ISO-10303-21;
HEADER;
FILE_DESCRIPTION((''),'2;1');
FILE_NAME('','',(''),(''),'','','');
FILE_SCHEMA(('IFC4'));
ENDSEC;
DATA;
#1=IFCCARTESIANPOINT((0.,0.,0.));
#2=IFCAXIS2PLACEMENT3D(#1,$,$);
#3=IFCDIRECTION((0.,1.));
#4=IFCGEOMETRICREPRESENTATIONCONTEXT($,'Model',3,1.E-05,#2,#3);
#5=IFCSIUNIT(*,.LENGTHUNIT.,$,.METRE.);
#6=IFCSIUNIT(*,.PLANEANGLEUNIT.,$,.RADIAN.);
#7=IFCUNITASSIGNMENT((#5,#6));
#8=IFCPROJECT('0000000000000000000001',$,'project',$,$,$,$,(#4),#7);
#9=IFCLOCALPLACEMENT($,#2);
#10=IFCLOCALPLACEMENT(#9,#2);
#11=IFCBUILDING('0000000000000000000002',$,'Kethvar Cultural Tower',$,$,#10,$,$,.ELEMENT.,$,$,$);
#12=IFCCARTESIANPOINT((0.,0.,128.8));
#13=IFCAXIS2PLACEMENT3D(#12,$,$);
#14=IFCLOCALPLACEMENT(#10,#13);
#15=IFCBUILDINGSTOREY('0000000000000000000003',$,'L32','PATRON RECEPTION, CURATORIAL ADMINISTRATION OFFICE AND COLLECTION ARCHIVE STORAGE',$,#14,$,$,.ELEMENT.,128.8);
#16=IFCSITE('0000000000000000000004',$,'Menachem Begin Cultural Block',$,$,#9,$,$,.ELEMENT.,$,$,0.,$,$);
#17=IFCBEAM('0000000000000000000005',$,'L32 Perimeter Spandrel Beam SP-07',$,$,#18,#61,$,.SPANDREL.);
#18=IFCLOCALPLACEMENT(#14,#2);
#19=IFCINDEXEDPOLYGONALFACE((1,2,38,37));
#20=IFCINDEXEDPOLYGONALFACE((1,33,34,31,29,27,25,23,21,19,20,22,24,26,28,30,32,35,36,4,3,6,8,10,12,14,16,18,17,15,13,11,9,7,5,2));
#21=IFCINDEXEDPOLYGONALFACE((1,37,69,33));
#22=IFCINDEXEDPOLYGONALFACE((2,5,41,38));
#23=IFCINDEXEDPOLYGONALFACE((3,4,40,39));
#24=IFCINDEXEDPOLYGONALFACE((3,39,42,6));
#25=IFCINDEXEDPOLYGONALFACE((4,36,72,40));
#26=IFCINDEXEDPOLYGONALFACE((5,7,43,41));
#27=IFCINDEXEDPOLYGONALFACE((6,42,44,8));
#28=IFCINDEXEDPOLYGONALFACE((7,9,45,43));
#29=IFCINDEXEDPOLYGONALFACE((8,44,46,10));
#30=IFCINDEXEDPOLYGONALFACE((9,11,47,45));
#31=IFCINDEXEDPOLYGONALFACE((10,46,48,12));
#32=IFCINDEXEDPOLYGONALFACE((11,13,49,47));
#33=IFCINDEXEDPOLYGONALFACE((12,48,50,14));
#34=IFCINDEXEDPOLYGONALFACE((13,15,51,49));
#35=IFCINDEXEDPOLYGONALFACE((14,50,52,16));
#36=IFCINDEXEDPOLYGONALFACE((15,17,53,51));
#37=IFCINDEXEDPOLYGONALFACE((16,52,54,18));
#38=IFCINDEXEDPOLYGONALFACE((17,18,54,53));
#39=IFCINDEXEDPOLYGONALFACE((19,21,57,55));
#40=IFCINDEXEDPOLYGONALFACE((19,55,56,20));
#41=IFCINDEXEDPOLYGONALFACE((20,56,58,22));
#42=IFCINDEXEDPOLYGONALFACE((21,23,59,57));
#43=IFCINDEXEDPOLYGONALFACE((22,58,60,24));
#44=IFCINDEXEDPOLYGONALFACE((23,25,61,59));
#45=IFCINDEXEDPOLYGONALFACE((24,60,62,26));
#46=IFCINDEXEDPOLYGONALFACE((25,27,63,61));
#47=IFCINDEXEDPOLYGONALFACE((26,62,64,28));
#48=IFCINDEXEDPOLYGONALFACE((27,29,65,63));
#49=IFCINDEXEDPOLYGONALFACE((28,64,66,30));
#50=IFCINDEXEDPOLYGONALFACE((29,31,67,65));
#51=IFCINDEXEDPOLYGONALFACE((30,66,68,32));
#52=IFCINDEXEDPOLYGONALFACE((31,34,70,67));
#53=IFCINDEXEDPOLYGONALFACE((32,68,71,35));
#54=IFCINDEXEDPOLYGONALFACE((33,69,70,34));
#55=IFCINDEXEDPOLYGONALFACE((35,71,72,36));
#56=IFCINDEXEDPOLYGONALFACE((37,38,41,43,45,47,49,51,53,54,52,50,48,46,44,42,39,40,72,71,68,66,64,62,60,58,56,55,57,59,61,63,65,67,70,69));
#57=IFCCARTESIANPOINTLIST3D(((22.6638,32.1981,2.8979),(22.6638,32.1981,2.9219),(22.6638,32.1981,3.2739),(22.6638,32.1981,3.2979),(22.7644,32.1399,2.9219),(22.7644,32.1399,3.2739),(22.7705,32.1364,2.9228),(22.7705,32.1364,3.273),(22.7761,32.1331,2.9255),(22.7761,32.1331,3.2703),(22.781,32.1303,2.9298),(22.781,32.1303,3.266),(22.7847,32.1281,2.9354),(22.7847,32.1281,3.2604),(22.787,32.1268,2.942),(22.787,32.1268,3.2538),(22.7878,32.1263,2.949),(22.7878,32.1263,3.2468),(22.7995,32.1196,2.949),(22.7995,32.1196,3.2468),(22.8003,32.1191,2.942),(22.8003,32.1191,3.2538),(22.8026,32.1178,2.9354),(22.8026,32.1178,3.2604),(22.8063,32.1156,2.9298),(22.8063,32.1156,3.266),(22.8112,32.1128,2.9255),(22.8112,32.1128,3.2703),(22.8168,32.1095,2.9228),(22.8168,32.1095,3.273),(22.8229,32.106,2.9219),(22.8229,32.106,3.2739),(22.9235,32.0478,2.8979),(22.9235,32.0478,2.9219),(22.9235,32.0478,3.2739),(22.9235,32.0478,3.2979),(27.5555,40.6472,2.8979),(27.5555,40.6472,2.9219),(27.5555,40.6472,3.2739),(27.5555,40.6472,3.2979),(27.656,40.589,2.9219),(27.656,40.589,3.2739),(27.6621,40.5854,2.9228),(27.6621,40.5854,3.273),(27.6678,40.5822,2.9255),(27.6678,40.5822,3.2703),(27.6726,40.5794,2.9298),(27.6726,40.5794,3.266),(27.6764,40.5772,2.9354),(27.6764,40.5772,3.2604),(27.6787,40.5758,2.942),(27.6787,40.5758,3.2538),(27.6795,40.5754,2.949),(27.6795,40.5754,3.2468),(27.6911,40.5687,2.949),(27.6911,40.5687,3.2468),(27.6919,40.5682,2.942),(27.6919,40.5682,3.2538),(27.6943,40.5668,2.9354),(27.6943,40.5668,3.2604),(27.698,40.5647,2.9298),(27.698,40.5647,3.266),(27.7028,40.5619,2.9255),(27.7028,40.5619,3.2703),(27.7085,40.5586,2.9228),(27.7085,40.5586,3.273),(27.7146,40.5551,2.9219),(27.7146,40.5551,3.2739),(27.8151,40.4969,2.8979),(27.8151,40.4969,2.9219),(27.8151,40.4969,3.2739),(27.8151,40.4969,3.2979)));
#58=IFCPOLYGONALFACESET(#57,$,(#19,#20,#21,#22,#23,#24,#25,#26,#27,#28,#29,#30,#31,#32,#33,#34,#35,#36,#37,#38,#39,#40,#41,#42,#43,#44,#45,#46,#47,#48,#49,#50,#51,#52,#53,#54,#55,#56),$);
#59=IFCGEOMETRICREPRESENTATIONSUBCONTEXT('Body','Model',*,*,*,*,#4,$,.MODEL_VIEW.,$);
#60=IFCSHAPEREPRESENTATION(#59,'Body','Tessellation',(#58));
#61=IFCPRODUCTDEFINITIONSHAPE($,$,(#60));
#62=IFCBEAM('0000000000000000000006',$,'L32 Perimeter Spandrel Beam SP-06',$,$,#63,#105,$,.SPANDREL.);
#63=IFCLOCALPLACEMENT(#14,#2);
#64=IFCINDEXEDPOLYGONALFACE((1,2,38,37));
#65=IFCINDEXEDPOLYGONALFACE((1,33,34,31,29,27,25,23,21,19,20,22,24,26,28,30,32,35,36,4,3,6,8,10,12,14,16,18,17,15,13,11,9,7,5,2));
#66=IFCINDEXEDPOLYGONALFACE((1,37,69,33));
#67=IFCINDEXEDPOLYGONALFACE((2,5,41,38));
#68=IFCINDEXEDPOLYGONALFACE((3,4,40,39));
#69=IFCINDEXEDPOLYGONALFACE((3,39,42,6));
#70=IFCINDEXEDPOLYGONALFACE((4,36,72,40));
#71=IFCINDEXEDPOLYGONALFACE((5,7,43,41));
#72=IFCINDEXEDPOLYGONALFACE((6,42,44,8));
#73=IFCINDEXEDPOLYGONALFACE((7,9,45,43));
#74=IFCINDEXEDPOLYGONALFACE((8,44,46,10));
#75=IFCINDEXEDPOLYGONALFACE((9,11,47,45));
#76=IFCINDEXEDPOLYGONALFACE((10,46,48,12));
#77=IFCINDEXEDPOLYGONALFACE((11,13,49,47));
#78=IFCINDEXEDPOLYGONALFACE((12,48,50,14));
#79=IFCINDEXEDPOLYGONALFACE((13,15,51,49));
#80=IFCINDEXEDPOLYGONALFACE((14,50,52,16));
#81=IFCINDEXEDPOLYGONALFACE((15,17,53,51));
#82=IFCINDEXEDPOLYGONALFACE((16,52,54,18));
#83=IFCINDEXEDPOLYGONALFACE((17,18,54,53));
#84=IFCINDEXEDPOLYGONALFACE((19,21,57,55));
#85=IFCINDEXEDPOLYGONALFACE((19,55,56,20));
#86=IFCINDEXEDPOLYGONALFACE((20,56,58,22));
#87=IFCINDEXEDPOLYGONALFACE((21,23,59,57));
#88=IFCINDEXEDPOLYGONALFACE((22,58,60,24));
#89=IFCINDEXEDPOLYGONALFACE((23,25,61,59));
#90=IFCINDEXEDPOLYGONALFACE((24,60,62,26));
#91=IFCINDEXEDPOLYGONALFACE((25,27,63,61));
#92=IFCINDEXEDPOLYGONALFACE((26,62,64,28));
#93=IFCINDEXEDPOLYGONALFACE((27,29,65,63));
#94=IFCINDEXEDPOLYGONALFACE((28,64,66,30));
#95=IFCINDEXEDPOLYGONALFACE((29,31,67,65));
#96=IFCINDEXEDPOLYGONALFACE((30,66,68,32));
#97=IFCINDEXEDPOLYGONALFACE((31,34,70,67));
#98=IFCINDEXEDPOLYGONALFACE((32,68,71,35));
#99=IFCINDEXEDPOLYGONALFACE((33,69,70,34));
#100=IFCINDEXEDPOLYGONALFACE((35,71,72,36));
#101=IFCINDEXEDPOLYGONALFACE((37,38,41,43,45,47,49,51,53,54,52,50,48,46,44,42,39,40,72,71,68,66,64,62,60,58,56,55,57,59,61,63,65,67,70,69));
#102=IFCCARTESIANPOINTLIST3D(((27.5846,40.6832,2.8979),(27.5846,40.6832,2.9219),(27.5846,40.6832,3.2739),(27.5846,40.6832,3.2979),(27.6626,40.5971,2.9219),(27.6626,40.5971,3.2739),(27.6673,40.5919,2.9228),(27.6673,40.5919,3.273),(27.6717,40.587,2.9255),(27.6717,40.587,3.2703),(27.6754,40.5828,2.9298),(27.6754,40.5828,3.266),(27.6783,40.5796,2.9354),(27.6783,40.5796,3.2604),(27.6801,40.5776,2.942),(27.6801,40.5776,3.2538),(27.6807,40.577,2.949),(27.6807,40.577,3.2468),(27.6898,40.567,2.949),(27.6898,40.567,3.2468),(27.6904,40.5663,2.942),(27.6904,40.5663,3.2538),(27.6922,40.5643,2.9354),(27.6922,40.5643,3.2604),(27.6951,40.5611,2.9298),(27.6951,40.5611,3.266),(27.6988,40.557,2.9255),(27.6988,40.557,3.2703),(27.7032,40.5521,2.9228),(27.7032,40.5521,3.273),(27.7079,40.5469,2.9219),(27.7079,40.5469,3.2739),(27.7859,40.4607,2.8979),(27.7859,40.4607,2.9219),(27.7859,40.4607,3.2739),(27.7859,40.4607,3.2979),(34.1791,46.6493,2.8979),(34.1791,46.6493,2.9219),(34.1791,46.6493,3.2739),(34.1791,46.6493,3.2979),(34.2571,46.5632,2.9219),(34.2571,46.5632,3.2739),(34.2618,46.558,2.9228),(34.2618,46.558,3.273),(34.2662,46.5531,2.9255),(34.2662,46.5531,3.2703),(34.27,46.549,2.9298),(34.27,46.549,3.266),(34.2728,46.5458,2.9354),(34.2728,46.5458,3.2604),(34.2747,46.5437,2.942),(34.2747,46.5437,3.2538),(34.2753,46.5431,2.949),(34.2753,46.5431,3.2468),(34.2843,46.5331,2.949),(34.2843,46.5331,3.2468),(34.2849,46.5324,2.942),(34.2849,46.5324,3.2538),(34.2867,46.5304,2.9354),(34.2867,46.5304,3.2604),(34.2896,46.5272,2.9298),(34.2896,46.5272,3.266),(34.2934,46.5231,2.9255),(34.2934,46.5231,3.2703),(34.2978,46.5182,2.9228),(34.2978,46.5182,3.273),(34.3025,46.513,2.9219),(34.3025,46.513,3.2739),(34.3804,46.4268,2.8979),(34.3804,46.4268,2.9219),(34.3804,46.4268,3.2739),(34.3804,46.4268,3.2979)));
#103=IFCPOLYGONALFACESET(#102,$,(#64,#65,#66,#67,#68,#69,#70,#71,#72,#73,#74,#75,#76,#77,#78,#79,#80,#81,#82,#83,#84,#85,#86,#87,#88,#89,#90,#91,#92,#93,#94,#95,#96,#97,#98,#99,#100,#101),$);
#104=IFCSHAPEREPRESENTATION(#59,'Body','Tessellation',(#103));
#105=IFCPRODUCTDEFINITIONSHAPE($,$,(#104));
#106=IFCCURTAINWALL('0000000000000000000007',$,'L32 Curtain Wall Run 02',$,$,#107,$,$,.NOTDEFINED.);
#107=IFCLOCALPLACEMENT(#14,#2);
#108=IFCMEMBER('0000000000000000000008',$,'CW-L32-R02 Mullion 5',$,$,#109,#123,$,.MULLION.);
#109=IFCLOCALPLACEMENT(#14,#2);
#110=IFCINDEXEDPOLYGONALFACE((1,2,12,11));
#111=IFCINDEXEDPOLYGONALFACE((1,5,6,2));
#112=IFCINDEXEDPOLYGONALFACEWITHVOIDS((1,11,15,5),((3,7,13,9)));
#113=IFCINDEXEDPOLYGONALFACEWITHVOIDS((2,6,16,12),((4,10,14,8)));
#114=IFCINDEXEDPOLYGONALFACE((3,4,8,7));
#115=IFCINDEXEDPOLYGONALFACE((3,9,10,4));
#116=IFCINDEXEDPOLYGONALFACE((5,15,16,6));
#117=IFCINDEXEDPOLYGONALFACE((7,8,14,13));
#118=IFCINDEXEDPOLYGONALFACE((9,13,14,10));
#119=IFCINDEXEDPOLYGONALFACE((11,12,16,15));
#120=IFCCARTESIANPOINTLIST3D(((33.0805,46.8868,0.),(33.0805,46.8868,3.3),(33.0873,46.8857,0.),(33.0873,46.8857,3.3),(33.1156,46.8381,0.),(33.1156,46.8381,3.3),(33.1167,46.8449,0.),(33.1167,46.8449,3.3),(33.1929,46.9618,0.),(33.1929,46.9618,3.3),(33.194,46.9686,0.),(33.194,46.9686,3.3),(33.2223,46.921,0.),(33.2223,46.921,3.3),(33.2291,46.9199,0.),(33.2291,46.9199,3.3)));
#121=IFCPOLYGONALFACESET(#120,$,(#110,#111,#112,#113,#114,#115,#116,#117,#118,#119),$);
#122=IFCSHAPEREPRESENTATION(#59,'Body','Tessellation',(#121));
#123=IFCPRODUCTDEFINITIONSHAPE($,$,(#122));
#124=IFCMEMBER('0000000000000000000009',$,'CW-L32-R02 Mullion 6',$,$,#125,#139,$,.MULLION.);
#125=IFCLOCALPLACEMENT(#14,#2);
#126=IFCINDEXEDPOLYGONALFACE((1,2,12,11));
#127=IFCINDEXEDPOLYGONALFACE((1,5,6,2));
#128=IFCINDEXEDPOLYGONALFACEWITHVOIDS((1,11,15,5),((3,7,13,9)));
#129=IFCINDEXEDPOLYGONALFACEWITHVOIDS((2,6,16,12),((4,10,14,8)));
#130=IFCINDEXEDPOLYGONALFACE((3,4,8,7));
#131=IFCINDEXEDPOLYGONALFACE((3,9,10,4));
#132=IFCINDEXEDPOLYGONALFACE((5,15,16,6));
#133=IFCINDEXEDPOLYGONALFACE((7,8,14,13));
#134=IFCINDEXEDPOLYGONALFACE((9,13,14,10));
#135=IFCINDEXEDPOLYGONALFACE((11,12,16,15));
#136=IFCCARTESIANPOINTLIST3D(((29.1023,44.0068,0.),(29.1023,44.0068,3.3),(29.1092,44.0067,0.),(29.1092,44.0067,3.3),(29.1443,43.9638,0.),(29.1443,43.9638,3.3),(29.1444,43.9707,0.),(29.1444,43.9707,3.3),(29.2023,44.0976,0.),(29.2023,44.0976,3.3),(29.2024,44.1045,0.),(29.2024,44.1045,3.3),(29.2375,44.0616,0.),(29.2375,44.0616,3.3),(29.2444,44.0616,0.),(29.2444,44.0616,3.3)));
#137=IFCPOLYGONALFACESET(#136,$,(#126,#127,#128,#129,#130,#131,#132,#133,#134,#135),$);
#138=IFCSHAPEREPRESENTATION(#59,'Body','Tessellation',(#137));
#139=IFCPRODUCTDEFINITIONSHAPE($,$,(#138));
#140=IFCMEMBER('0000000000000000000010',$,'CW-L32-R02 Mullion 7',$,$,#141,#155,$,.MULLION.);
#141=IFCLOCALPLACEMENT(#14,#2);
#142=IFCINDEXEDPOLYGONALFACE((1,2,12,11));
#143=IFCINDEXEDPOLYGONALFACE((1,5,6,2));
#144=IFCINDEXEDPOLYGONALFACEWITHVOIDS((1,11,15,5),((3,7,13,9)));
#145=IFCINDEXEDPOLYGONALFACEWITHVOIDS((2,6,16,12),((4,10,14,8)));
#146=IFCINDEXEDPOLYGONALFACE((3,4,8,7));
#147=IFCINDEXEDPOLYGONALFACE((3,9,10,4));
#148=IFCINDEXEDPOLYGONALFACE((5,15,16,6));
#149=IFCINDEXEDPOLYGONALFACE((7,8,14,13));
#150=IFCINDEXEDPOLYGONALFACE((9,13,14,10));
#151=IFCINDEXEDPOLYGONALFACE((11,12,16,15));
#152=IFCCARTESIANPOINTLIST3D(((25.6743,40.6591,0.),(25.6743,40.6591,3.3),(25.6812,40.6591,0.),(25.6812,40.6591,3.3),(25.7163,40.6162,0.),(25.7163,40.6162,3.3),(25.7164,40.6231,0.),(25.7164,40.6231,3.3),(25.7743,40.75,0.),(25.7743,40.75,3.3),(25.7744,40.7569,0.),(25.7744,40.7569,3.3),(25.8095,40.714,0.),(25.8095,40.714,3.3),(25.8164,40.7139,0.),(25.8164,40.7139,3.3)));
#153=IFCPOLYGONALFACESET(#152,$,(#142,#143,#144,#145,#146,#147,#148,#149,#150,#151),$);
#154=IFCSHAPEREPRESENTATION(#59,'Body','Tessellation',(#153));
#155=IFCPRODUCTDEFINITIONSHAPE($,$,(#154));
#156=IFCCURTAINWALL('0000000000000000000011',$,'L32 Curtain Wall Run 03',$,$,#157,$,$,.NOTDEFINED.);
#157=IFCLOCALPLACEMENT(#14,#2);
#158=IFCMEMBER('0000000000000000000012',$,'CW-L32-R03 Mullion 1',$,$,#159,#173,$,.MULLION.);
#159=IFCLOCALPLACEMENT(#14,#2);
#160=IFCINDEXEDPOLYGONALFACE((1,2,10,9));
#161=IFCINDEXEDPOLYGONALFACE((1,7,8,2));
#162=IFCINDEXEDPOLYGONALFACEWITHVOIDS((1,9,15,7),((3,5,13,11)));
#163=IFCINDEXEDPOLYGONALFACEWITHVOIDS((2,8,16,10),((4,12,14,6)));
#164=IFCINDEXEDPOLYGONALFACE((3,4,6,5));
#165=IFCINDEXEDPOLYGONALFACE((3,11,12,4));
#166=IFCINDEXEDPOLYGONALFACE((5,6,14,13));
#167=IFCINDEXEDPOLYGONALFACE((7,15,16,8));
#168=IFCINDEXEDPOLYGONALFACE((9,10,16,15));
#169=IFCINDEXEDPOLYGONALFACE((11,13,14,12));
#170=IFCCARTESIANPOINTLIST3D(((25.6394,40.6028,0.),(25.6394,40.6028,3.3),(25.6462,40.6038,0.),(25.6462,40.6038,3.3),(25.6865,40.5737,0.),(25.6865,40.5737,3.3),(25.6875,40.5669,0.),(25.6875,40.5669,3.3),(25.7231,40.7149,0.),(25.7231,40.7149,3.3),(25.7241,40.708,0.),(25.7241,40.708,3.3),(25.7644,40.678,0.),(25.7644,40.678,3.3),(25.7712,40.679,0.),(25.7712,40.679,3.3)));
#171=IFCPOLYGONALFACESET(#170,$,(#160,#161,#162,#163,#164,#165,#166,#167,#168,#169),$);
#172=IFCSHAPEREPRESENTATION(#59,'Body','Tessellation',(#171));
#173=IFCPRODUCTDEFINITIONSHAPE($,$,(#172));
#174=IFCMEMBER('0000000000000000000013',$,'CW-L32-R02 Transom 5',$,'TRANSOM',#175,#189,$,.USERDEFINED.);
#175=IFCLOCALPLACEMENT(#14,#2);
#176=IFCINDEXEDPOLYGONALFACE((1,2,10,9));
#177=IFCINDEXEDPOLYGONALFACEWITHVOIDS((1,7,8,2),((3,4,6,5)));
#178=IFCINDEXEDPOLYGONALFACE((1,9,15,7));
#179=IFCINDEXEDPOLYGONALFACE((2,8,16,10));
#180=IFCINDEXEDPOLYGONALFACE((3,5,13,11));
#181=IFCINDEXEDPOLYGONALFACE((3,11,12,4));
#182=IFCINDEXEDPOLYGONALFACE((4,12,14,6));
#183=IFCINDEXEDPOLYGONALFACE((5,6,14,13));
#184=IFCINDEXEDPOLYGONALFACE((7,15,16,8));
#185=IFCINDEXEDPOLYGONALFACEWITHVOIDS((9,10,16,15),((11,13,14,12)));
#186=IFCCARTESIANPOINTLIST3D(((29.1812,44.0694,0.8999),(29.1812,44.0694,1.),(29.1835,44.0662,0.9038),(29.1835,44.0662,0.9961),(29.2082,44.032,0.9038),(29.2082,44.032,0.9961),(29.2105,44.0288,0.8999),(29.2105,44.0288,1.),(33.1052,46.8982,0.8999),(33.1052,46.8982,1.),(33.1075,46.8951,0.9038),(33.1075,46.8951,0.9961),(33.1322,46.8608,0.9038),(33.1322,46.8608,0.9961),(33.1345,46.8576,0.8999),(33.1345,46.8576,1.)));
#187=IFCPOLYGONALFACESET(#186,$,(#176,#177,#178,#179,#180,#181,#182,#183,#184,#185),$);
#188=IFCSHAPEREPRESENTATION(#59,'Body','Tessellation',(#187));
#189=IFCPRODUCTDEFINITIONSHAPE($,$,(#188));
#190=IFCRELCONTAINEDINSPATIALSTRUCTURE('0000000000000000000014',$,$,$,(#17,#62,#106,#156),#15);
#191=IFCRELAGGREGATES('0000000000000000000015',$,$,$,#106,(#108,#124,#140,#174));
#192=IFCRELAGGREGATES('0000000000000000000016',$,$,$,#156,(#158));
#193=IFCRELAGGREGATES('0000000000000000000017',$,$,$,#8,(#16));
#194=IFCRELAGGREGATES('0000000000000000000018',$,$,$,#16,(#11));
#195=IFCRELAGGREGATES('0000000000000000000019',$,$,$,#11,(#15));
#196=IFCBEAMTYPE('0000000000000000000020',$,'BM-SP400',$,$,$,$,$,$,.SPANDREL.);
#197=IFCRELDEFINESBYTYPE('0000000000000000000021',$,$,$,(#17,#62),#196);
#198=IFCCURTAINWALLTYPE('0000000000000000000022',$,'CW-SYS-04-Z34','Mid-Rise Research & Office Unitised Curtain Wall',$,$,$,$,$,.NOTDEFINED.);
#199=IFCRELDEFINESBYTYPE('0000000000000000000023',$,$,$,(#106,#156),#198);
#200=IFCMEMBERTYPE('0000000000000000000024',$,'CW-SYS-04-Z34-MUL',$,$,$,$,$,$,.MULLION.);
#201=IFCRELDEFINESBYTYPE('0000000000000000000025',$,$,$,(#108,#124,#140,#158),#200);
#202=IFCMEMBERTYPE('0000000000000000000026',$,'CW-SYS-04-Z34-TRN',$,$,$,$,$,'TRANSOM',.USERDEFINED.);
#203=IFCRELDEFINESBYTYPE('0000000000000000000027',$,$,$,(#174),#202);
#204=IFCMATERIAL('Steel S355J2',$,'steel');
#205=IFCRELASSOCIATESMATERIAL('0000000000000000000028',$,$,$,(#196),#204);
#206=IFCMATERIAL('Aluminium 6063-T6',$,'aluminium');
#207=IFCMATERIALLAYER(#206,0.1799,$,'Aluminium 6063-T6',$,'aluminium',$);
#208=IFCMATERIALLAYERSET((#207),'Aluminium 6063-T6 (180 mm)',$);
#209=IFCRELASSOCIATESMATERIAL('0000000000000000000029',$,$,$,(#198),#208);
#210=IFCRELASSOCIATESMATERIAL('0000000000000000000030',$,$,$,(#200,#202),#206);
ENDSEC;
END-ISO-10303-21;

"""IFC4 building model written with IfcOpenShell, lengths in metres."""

from ifc_helpers import new_model, si_unit, direction, frame, origin, origin_2d, place, context, subcontext, project, spatial, hollow_rectangle, i_section, extrude, source, transform, mapped, material, layer, layer_set, material_profile, profile_set, type_object, element, aggregate, save


model = new_model("IFC4")

# Units and contexts
model_context = context("Model", 3, precision=1e-05, world=origin(), true_north=direction((0.0, 1.0)))
body_context = subcontext(model_context, "Body", "Model", "MODEL_VIEW")
ifc_project = project(units=[si_unit("LENGTHUNIT", "METRE"), si_unit("PLANEANGLEUNIT", "RADIAN")], contexts=[model_context])

# Site, building, storey
site_placement = place(None, origin())
site = spatial("IfcSite", under=ifc_project, at=site_placement, Name="Menachem Begin Cultural Block", CompositionType="ELEMENT", RefElevation=0.0)
building_placement = place(site_placement, origin())
building = spatial("IfcBuilding", under=site, at=building_placement, Name="Kethvar Cultural Tower", CompositionType="ELEMENT")
storey_placement = place(building_placement, frame((0.0, 0.0, 128.8)))
storey = spatial("IfcBuildingStorey", under=building, at=storey_placement, Name="L32", Description="PATRON RECEPTION, CURATORIAL ADMINISTRATION OFFICE AND COLLECTION ARCHIVE STORAGE", CompositionType="ELEMENT", Elevation=128.8)

# Beams
ifc_material_1 = material(Name="Steel S355J2", Category="steel")
ifc_material_profile_1 = material_profile(ifc_material_1, i_section(OverallWidth=0.3, OverallDepth=0.3999, WebThickness=0.0134, FlangeThickness=0.0239, FilletRadius=0.0271, at=origin_2d()), Name="Steel S355J2 — HEB400")
ifc_profile_set_1 = profile_set([ifc_material_profile_1], Name="Steel S355J2 — HEB400")
beam_type_1 = type_object("IfcBeamType", Name="BM-SP400", PredefinedType="SPANDREL", material=ifc_profile_set_1)
shared_shape_1 = source(origin(), body_context, "Body", "SweptSolid", [
    extrude(i_section(OverallWidth=0.3, OverallDepth=0.3999, WebThickness=0.0134, FlangeThickness=0.0239, FilletRadius=0.0271, at=origin_2d()), origin(), (0.0, 0.0, 1.0), 9.7629),
])
beam_1_placement = place(storey_placement, frame((27.6853, 40.572, 3.0979), z_axis=(-0.501043, -0.865422, 0.0), x_axis=(0.865422, -0.501043, 0.0)))
element("IfcBeam", 1, at=beam_1_placement, inside=storey, type_object=beam_type_1, Name="L32 Perimeter Spandrel Beam SP-07", PredefinedType="SPANDREL", context=body_context, shape_type="MappedRepresentation", body=[
    mapped(shared_shape_1, transform((0.0, 0.0, 0.0), scale=1.0)),
])
shared_shape_2 = source(origin(), body_context, "Body", "SweptSolid", [
    extrude(i_section(OverallWidth=0.3, OverallDepth=0.3999, WebThickness=0.0134, FlangeThickness=0.0239, FilletRadius=0.0271, at=origin_2d()), origin(), (0.0, 0.0, 1.0), 8.8928),
])
beam_2_placement = place(storey_placement, frame((34.2798, 46.5381, 3.0979), z_axis=(-0.741557, -0.67089, 0.0), x_axis=(0.67089, -0.741557, 0.0)))
element("IfcBeam", 2, at=beam_2_placement, inside=storey, type_object=beam_type_1, Name="L32 Perimeter Spandrel Beam SP-06", PredefinedType="SPANDREL", context=body_context, shape_type="MappedRepresentation", body=[
    mapped(shared_shape_2, transform((0.0, 0.0, 0.0), scale=1.0)),
])

# Curtain wall, members
ifc_material_2 = material(Name="Aluminium 6063-T6", Category="aluminium")
ifc_layer_1 = layer(ifc_material_2, 0.1799, Name="Aluminium 6063-T6", Category="aluminium")
ifc_layer_set_1 = layer_set([ifc_layer_1], Name="Aluminium 6063-T6 (180 mm)")
curtain_wall_type = type_object("IfcCurtainWallType", Name="CW-SYS-04-Z34", Description="Mid-Rise Research & Office Unitised Curtain Wall", PredefinedType="NOTDEFINED", material=ifc_layer_set_1)
curtain_wall_1_placement = place(storey_placement, origin())
curtain_wall_1 = element("IfcCurtainWall", 3, at=curtain_wall_1_placement, inside=storey, type_object=curtain_wall_type, Name="L32 Curtain Wall Run 02", PredefinedType="NOTDEFINED")
ifc_material_profile_2 = material_profile(ifc_material_2, hollow_rectangle(XDim=0.0601, YDim=0.1399, WallThickness=0.0049, at=origin_2d()), Name="Aluminium 6063-T6 — RHS140x60x5")
ifc_profile_set_2 = profile_set([ifc_material_profile_2], Name="Aluminium 6063-T6 — RHS140x60x5")
member_type_1 = type_object("IfcMemberType", Name="CW-SYS-04-Z34-MUL", PredefinedType="MULLION", material=ifc_profile_set_2)
shared_shape_3 = source(origin(), body_context, "Body", "SweptSolid", [
    extrude(hollow_rectangle(XDim=0.0601, YDim=0.1399, WallThickness=0.0049, at=origin_2d()), origin(), (0.0, 0.0, 1.0), 3.3),
])
member_1_placement = place(storey_placement, frame((33.1548, 46.9033, 0.0), z_axis=(0.0, 0.0, 1.0), x_axis=(0.584802, -0.811176, 0.0)))
member_1 = element("IfcMember", 4, at=member_1_placement, type_object=member_type_1, Name="CW-L32-R02 Mullion 5", PredefinedType="MULLION", context=body_context, shape_type="MappedRepresentation", body=[
    mapped(shared_shape_3, transform((0.0, 0.0, 0.0), scale=1.0)),
])
member_2_placement = place(storey_placement, frame((29.1733, 44.0342, 0.0), z_axis=(0.0, 0.0, 1.0), x_axis=(0.698678, -0.715437, 0.0)))
member_2 = element("IfcMember", 5, at=member_2_placement, type_object=member_type_1, Name="CW-L32-R02 Mullion 6", PredefinedType="MULLION", context=body_context, shape_type="MappedRepresentation", body=[
    mapped(shared_shape_3, transform((0.0, 0.0, 0.0), scale=1.0)),
])
member_3_placement = place(storey_placement, frame((25.7454, 40.6865, 0.0), z_axis=(0.0, 0.0, 1.0), x_axis=(0.698678, -0.715437, 0.0)))
member_3 = element("IfcMember", 6, at=member_3_placement, type_object=member_type_1, Name="CW-L32-R02 Mullion 7", PredefinedType="MULLION", context=body_context, shape_type="MappedRepresentation", body=[
    mapped(shared_shape_3, transform((0.0, 0.0, 0.0), scale=1.0)),
])

# Curtain wall, member
curtain_wall_2_placement = place(storey_placement, origin())
curtain_wall_2 = element("IfcCurtainWall", 7, at=curtain_wall_2_placement, inside=storey, type_object=curtain_wall_type, Name="L32 Curtain Wall Run 03", PredefinedType="NOTDEFINED")
member_4_placement = place(storey_placement, frame((25.7053, 40.6409, 0.0), z_axis=(0.0, 0.0, 1.0), x_axis=(0.801316, -0.598241, 0.0)))
member_4 = element("IfcMember", 8, at=member_4_placement, type_object=member_type_1, Name="CW-L32-R03 Mullion 1", PredefinedType="MULLION", context=body_context, shape_type="MappedRepresentation", body=[
    mapped(shared_shape_3, transform((0.0, 0.0, 0.0), scale=1.0)),
])

# Member
ifc_material_profile_3 = material_profile(ifc_material_2, hollow_rectangle(XDim=0.05, YDim=0.1001, WallThickness=0.0039, at=origin_2d()), Name="Aluminium 6063-T6 — RHS100x50x4")
ifc_profile_set_3 = profile_set([ifc_material_profile_3], Name="Aluminium 6063-T6 — RHS100x50x4")
member_type_2 = type_object("IfcMemberType", Name="CW-SYS-04-Z34-TRN", ElementType="TRANSOM", PredefinedType="USERDEFINED", material=ifc_profile_set_3)
shared_shape_4 = source(origin(), body_context, "Body", "SweptSolid", [
    extrude(hollow_rectangle(XDim=0.05, YDim=0.1001, WallThickness=0.0039, at=origin_2d()), origin(), (0.0, 0.0, 1.0), 4.8374),
])
member_5_placement = place(storey_placement, frame((33.1199, 46.8779, 0.95), z_axis=(-0.811189, -0.584785, 0.0), x_axis=(0.584785, -0.811189, 0.0)))
member_5 = element("IfcMember", 9, at=member_5_placement, type_object=member_type_2, Name="CW-L32-R02 Transom 5", ObjectType="TRANSOM", PredefinedType="USERDEFINED", context=body_context, shape_type="MappedRepresentation", body=[
    mapped(shared_shape_4, transform((0.0, 0.0, 0.0), scale=1.0)),
])

aggregate(curtain_wall_1, [member_1, member_2, member_3, member_5])
aggregate(curtain_wall_2, [member_4])

save(model, "model.ifc")
